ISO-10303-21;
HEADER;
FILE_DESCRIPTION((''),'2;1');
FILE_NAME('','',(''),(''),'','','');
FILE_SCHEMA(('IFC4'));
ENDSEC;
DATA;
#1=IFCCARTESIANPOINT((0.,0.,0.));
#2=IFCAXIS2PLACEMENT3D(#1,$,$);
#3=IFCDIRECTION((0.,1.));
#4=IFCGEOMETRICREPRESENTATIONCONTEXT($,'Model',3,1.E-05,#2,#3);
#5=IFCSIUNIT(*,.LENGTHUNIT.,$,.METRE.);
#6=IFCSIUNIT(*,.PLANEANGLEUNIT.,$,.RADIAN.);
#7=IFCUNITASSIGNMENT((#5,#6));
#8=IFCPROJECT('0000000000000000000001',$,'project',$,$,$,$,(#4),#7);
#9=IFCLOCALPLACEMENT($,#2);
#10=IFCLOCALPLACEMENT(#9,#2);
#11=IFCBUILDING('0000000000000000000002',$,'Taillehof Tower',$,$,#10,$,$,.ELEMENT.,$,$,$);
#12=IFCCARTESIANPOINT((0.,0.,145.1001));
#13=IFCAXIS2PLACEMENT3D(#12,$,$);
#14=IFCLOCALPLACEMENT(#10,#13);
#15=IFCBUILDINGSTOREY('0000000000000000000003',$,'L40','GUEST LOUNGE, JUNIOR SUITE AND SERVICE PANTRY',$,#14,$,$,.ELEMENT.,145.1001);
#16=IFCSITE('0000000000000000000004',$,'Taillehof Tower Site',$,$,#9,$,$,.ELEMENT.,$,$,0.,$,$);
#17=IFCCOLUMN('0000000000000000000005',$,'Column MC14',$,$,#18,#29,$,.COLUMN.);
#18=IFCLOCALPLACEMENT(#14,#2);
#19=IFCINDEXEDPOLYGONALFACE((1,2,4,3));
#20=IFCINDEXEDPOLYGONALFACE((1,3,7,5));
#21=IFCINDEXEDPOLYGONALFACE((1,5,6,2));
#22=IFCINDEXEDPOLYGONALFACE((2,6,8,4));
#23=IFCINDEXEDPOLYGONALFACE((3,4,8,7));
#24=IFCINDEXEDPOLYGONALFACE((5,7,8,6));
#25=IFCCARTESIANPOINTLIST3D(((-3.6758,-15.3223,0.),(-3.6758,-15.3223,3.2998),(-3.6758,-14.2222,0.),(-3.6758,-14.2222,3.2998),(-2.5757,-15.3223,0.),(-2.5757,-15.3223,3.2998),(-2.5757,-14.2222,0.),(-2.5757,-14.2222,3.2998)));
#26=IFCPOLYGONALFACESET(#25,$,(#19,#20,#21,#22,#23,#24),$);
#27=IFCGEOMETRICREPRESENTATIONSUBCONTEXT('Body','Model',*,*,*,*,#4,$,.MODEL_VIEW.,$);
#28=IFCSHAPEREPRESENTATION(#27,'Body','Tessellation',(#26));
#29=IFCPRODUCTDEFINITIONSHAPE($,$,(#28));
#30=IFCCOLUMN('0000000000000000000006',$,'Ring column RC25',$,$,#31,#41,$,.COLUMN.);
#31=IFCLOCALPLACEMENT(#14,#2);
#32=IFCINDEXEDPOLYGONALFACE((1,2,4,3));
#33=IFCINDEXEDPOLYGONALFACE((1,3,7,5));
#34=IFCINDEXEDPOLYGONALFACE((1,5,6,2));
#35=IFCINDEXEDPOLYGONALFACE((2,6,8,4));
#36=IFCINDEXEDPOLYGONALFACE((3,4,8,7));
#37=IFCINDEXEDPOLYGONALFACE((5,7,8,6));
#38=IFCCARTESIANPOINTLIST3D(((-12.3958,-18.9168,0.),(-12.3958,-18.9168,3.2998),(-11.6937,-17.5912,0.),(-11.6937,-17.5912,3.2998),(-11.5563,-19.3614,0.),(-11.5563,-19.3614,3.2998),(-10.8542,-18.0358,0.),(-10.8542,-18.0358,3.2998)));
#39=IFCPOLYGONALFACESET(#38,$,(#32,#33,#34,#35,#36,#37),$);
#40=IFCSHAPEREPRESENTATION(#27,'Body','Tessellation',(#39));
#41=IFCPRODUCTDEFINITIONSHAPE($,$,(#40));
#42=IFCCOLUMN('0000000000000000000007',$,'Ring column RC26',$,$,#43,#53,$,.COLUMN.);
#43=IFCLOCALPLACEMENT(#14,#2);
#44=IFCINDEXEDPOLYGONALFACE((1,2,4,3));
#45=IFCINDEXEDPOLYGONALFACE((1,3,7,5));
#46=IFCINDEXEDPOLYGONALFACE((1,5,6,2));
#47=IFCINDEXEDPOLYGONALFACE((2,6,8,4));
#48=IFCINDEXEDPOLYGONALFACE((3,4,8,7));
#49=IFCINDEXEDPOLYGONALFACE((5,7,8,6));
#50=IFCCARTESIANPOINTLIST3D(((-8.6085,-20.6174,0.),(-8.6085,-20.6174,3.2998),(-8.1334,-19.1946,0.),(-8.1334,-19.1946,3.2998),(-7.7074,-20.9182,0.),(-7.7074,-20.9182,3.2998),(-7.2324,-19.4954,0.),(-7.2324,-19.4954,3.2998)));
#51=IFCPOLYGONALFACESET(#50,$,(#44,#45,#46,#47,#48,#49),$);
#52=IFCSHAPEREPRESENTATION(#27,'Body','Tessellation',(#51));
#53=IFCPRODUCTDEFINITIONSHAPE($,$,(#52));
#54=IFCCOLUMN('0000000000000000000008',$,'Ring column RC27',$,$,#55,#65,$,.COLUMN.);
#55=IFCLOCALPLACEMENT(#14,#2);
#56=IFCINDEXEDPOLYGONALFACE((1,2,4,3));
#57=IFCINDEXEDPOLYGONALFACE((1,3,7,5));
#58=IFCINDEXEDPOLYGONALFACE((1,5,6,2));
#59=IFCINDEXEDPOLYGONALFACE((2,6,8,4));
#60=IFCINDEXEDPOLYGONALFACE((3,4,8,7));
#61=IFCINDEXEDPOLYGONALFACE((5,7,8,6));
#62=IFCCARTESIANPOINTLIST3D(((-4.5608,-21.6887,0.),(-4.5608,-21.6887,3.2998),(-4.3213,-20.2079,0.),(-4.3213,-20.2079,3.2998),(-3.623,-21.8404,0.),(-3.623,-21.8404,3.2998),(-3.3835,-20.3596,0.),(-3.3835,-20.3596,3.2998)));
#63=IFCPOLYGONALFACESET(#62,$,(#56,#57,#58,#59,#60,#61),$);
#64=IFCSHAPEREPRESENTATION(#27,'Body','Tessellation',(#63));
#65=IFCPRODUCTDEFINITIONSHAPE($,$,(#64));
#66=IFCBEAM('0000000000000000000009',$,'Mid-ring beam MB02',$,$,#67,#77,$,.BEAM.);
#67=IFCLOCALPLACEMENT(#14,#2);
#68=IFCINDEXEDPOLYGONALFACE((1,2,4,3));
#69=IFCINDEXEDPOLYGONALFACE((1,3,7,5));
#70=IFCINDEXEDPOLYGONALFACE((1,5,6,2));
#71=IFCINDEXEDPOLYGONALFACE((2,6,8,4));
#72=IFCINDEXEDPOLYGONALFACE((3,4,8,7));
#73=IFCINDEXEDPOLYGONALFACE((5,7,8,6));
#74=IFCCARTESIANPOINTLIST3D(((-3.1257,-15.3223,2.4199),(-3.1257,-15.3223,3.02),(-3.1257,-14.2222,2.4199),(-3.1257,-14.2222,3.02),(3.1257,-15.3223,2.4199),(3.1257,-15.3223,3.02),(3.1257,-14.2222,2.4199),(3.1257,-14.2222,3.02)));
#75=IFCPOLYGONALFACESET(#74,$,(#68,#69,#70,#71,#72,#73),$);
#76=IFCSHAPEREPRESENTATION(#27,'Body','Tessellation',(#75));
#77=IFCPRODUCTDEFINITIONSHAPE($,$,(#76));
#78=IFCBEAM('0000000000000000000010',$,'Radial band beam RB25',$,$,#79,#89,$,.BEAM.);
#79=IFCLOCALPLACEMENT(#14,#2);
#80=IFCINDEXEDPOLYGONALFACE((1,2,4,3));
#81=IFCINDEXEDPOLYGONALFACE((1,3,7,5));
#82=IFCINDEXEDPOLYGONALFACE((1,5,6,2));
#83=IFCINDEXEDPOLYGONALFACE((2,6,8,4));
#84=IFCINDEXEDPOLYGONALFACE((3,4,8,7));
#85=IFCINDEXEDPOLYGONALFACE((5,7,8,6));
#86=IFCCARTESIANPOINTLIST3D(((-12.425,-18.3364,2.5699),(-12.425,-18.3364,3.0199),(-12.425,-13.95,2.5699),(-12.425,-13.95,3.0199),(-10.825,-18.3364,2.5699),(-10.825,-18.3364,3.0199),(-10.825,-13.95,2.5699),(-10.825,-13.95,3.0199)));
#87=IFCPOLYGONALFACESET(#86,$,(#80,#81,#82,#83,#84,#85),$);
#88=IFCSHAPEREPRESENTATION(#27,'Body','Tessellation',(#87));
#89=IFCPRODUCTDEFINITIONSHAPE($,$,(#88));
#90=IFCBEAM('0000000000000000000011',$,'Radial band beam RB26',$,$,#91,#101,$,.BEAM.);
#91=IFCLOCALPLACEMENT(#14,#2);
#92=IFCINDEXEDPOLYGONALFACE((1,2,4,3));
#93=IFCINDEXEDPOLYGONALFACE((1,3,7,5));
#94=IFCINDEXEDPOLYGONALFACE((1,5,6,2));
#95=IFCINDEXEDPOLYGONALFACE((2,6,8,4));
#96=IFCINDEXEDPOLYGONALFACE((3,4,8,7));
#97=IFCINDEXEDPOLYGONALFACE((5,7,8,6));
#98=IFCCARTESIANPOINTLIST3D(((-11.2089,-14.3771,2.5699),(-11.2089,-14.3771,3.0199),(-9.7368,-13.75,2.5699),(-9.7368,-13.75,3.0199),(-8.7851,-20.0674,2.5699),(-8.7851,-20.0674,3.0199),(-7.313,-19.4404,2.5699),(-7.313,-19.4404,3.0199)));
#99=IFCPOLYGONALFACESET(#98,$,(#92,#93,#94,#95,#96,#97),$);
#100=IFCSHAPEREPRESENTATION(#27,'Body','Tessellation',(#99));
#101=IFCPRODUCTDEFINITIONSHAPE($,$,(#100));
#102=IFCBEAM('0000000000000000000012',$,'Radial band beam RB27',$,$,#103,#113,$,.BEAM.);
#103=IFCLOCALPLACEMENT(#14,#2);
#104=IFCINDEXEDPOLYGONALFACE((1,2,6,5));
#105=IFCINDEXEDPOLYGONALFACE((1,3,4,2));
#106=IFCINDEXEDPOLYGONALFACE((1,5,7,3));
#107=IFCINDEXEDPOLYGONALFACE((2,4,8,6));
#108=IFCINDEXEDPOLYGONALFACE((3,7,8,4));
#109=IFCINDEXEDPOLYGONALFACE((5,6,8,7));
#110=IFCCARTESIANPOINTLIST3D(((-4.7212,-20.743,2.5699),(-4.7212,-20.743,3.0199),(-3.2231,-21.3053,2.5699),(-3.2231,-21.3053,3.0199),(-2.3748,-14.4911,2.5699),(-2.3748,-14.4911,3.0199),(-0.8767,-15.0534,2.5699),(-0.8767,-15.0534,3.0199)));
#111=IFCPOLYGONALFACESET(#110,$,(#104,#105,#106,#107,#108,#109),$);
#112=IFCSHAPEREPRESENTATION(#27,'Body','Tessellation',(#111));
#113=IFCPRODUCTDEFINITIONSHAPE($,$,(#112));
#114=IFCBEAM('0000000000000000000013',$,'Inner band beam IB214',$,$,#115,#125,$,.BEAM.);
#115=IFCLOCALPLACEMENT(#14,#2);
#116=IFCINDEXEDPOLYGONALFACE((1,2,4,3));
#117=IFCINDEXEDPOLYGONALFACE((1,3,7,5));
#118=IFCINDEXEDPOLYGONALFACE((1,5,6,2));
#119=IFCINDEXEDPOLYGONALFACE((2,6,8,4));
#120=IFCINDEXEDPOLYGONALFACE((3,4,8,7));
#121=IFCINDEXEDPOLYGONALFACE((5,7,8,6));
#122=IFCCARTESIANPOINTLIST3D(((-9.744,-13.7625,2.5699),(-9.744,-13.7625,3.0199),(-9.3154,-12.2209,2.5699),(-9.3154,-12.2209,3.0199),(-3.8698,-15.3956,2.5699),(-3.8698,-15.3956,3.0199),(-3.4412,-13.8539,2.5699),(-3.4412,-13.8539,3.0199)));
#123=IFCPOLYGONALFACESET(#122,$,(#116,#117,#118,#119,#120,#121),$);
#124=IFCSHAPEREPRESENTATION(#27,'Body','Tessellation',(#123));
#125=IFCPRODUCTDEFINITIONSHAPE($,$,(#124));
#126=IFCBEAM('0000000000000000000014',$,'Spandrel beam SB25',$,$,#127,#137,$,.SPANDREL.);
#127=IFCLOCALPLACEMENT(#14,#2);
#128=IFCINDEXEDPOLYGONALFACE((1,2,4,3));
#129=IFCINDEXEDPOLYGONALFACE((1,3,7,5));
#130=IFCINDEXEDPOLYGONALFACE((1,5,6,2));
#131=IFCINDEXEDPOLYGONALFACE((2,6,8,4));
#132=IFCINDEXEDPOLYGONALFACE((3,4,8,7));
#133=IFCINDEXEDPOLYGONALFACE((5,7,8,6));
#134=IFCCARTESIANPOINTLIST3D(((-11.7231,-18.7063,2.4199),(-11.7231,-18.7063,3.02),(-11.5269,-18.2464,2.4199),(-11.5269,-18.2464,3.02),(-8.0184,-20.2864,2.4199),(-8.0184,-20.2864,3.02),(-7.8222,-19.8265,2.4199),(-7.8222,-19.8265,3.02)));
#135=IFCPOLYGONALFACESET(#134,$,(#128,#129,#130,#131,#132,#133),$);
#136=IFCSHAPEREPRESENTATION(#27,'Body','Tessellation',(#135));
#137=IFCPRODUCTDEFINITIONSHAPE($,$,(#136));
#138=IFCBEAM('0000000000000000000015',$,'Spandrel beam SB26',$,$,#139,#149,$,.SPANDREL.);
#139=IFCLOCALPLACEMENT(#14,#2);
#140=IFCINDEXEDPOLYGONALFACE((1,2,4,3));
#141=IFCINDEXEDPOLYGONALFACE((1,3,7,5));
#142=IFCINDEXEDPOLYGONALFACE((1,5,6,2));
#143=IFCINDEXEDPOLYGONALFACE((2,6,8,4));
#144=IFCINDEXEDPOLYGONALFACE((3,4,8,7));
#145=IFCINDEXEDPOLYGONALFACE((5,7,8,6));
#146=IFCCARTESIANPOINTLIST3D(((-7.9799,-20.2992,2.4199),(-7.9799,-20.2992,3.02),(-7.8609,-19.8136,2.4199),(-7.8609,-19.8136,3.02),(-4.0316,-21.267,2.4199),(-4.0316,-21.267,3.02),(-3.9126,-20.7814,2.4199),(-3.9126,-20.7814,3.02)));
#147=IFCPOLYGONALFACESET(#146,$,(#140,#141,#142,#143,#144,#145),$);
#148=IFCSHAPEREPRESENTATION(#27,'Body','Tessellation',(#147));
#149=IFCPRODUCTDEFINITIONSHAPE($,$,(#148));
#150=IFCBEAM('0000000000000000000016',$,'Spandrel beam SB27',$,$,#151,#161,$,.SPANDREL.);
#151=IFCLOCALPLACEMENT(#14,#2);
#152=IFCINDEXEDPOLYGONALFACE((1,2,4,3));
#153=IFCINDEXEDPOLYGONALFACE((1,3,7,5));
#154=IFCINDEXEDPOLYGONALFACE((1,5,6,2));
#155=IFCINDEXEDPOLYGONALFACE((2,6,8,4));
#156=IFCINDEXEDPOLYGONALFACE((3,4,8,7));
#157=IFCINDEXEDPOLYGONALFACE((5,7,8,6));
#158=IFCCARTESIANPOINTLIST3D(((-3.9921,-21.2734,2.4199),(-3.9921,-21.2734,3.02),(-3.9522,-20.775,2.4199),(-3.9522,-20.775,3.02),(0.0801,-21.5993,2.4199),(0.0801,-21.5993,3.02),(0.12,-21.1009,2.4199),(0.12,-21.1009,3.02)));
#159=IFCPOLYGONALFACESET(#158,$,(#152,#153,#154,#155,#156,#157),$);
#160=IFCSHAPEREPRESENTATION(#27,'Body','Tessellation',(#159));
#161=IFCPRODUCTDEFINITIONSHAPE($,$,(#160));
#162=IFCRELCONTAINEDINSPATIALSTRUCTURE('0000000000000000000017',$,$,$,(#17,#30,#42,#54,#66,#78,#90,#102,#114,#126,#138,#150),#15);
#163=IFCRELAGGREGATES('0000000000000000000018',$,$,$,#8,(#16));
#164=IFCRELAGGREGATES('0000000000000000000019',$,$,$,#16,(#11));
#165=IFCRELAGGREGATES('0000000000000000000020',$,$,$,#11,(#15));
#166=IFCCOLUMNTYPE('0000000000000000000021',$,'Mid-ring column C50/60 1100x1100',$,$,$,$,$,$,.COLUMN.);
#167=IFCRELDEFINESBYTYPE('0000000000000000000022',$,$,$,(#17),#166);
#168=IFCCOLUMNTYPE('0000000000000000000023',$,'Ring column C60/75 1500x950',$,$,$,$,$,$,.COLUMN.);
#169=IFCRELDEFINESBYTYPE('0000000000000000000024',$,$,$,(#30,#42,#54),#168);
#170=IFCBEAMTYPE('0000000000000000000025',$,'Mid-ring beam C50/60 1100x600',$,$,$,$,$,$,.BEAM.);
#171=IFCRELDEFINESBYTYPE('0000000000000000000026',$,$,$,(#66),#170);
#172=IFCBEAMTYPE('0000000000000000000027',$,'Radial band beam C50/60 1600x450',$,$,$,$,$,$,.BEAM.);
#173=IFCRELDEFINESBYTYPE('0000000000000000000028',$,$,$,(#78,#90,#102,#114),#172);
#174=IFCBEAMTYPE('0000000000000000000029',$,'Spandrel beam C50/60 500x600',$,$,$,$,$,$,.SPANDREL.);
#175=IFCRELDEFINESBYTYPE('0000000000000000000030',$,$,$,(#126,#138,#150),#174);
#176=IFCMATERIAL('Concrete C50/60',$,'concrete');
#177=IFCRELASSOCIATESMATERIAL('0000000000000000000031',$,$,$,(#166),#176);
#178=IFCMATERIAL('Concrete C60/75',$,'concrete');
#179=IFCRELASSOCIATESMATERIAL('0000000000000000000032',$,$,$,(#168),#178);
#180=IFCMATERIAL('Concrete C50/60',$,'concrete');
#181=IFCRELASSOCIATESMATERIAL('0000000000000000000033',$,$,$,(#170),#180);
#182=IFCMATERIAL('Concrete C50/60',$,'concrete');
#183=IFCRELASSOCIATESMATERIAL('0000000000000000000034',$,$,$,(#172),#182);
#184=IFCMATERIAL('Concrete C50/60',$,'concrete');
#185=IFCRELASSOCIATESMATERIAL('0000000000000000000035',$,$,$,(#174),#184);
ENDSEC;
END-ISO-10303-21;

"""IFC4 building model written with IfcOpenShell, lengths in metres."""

from ifc_helpers import new_model, si_unit, direction, frame, origin, origin_2d, place, context, subcontext, project, spatial, rectangle, extrude, material, material_profile, profile_set, type_object, element, save


model = new_model("IFC4")

# Units and contexts
model_context = context("Model", 3, precision=1e-05, world=origin(), true_north=direction((0.0, 1.0)))
body_context = subcontext(model_context, "Body", "Model", "MODEL_VIEW")
ifc_project = project(units=[si_unit("LENGTHUNIT", "METRE"), si_unit("PLANEANGLEUNIT", "RADIAN")], contexts=[model_context])

# Site, building, storey
site_placement = place(None, origin())
site = spatial("IfcSite", under=ifc_project, at=site_placement, Name="Taillehof Tower Site", CompositionType="ELEMENT", RefElevation=0.0)
building_placement = place(site_placement, origin())
building = spatial("IfcBuilding", under=site, at=building_placement, Name="Taillehof Tower", CompositionType="ELEMENT")
storey_placement = place(building_placement, frame((0.0, 0.0, 145.1001)))
storey = spatial("IfcBuildingStorey", under=building, at=storey_placement, Name="L40", Description="GUEST LOUNGE, JUNIOR SUITE AND SERVICE PANTRY", CompositionType="ELEMENT", Elevation=145.1001)

# Columns
ifc_material_1 = material(Name="Concrete C50/60", Category="concrete")
ifc_material_profile_1 = material_profile(ifc_material_1, rectangle(XDim=1.1001, YDim=1.1001, at=origin_2d()), Name="RC 1100x1100")
ifc_profile_set_1 = profile_set([ifc_material_profile_1], Name="Concrete C50/60")
column_type_1 = type_object("IfcColumnType", Name="Mid-ring column C50/60 1100x1100", PredefinedType="COLUMN", material=ifc_profile_set_1)
column_placement = place(storey_placement, frame((-3.1257, -14.7722, 0.0), z_axis=(0.0, 0.0, 1.0), x_axis=(1.0, 0.0, 0.0)))
element("IfcColumn", 1, at=column_placement, inside=storey, type_object=column_type_1, Name="Column MC14", PredefinedType="COLUMN", context=body_context, shape_type="SweptSolid", body=[
    extrude(rectangle(XDim=1.1001, YDim=1.1001, at=origin_2d()), origin(), (0.0, 0.0, 1.0), 3.2998),
])
ifc_material_2 = material(Name="Concrete C60/75", Category="concrete")
ifc_material_profile_2 = material_profile(ifc_material_2, rectangle(XDim=1.5, YDim=0.95, at=origin_2d()), Name="RC 1500x950")
ifc_profile_set_2 = profile_set([ifc_material_profile_2], Name="Concrete C60/75")
column_type_2 = type_object("IfcColumnType", Name="Ring column C60/75 1500x950", PredefinedType="COLUMN", material=ifc_profile_set_2)
for number, where, z_axis, x_axis, name in (
    (2, (-11.625, -18.4763, 0.0), (0.0, 0.0, 1.0), (-0.468042, -0.883706, 0.0), "Ring column RC25"),
    (3, (-7.9204, -20.0564, 0.0), (0.0, 0.0, 1.0), (-0.316703, -0.948525, 0.0), "Ring column RC26"),
    (4, (-3.9722, -21.0242, 0.0), (0.0, 0.0, 1.0), (-0.159679, -0.987169, 0.0), "Ring column RC27"),
):
    element("IfcColumn", number, at=place(storey_placement, frame(where, z_axis=z_axis, x_axis=x_axis)), inside=storey, type_object=column_type_2, Name=name, PredefinedType="COLUMN", context=body_context, shape_type="SweptSolid", body=[
        extrude(rectangle(XDim=1.5, YDim=0.95, at=origin_2d()), origin(), (0.0, 0.0, 1.0), 3.2998),
    ])

# Beams
ifc_material_3 = material(Name="Concrete C50/60", Category="concrete")
ifc_material_profile_3 = material_profile(ifc_material_3, rectangle(XDim=1.1001, YDim=0.6001, at=origin_2d()), Name="RC 1100x600")
ifc_profile_set_3 = profile_set([ifc_material_profile_3], Name="Concrete C50/60")
beam_type_1 = type_object("IfcBeamType", Name="Mid-ring beam C50/60 1100x600", PredefinedType="BEAM", material=ifc_profile_set_3)
beam_1_placement = place(storey_placement, frame((-3.1257, -14.7722, 2.72), z_axis=(1.0, 0.0, 0.0), x_axis=(0.0, 1.0, 0.0)))
element("IfcBeam", 5, at=beam_1_placement, inside=storey, type_object=beam_type_1, Name="Mid-ring beam MB02", PredefinedType="BEAM", context=body_context, shape_type="SweptSolid", body=[
    extrude(rectangle(XDim=1.1001, YDim=0.6001, at=origin_2d()), origin(), (0.0, 0.0, 1.0), 6.2515),
])
ifc_material_4 = material(Name="Concrete C50/60", Category="concrete")
ifc_material_profile_4 = material_profile(ifc_material_4, rectangle(XDim=1.6001, YDim=0.45, at=origin_2d()), Name="RC 1600x450")
ifc_profile_set_4 = profile_set([ifc_material_profile_4], Name="Concrete C50/60")
beam_type_2 = type_object("IfcBeamType", Name="Radial band beam C50/60 1600x450", PredefinedType="BEAM", material=ifc_profile_set_4)
beam_2_placement = place(storey_placement, frame((-11.625, -18.3364, 2.7949), z_axis=(0.0, 1.0, 0.0), x_axis=(-1.0, 0.0, 0.0)))
element("IfcBeam", 6, at=beam_2_placement, inside=storey, type_object=beam_type_2, Name="Radial band beam RB25", PredefinedType="BEAM", context=body_context, shape_type="SweptSolid", body=[
    extrude(rectangle(XDim=1.6001, YDim=0.45, at=origin_2d()), origin(), (0.0, 0.0, 1.0), 4.3865),
])
beam_3_placement = place(storey_placement, frame((-8.0491, -19.7539, 2.7949), z_axis=(-0.391879, 0.920017, 0.0), x_axis=(-0.920017, -0.391879, 0.0)))
element("IfcBeam", 7, at=beam_3_placement, inside=storey, type_object=beam_type_2, Name="Radial band beam RB26", PredefinedType="BEAM", context=body_context, shape_type="SweptSolid", body=[
    extrude(rectangle(XDim=1.6001, YDim=0.45, at=origin_2d()), origin(), (0.0, 0.0, 1.0), 6.1851),
])
beam_4_placement = place(storey_placement, frame((-3.9722, -21.0242, 2.7949), z_axis=(0.35138, 0.936233, 0.0), x_axis=(-0.936233, 0.35138, 0.0)))
element("IfcBeam", 8, at=beam_4_placement, inside=storey, type_object=beam_type_2, Name="Radial band beam RB27", PredefinedType="BEAM", context=body_context, shape_type="SweptSolid", body=[
    extrude(rectangle(XDim=1.6001, YDim=0.45, at=origin_2d()), origin(), (0.0, 0.0, 1.0), 6.6777),
])
beam_5_placement = place(storey_placement, frame((-3.6555, -14.6248, 2.7949), z_axis=(-0.963459, 0.267855, 0.0), x_axis=(-0.267855, -0.963459, 0.0)))
element("IfcBeam", 9, at=beam_5_placement, inside=storey, type_object=beam_type_2, Name="Inner band beam IB214", PredefinedType="BEAM", context=body_context, shape_type="SweptSolid", body=[
    extrude(rectangle(XDim=1.6001, YDim=0.45, at=origin_2d()), origin(), (0.0, 0.0, 1.0), 6.0969),
])
ifc_material_5 = material(Name="Concrete C50/60", Category="concrete")
ifc_material_profile_5 = material_profile(ifc_material_5, rectangle(XDim=0.5, YDim=0.6001, at=origin_2d()), Name="RC 500x600")
ifc_profile_set_5 = profile_set([ifc_material_profile_5], Name="Concrete C50/60")
beam_type_3 = type_object("IfcBeamType", Name="Spandrel beam C50/60 500x600", PredefinedType="SPANDREL", material=ifc_profile_set_5)
beam_6_placement = place(storey_placement, frame((-11.625, -18.4763, 2.72), z_axis=(0.919827, -0.392324, 0.0), x_axis=(0.392324, 0.919827, 0.0)))
element("IfcBeam", 10, at=beam_6_placement, inside=storey, type_object=beam_type_3, Name="Spandrel beam SB25", PredefinedType="SPANDREL", context=body_context, shape_type="SweptSolid", body=[
    extrude(rectangle(XDim=0.5, YDim=0.6001, at=origin_2d()), origin(), (0.0, 0.0, 1.0), 4.0276),
])
beam_7_placement = place(storey_placement, frame((-7.9204, -20.0564, 2.72), z_axis=(0.971249, -0.238068, 0.0), x_axis=(0.238068, 0.971249, 0.0)))
element("IfcBeam", 11, at=beam_7_placement, inside=storey, type_object=beam_type_3, Name="Spandrel beam SB26", PredefinedType="SPANDREL", context=body_context, shape_type="SweptSolid", body=[
    extrude(rectangle(XDim=0.5, YDim=0.6001, at=origin_2d()), origin(), (0.0, 0.0, 1.0), 4.0652),
])
beam_8_placement = place(storey_placement, frame((-3.9722, -21.0242, 2.72), z_axis=(0.996812, -0.079781, 0.0), x_axis=(0.079781, 0.996812, 0.0)))
element("IfcBeam", 12, at=beam_8_placement, inside=storey, type_object=beam_type_3, Name="Spandrel beam SB27", PredefinedType="SPANDREL", context=body_context, shape_type="SweptSolid", body=[
    extrude(rectangle(XDim=0.5, YDim=0.6001, at=origin_2d()), origin(), (0.0, 0.0, 1.0), 4.0852),
])

save(model, "model.ifc")
